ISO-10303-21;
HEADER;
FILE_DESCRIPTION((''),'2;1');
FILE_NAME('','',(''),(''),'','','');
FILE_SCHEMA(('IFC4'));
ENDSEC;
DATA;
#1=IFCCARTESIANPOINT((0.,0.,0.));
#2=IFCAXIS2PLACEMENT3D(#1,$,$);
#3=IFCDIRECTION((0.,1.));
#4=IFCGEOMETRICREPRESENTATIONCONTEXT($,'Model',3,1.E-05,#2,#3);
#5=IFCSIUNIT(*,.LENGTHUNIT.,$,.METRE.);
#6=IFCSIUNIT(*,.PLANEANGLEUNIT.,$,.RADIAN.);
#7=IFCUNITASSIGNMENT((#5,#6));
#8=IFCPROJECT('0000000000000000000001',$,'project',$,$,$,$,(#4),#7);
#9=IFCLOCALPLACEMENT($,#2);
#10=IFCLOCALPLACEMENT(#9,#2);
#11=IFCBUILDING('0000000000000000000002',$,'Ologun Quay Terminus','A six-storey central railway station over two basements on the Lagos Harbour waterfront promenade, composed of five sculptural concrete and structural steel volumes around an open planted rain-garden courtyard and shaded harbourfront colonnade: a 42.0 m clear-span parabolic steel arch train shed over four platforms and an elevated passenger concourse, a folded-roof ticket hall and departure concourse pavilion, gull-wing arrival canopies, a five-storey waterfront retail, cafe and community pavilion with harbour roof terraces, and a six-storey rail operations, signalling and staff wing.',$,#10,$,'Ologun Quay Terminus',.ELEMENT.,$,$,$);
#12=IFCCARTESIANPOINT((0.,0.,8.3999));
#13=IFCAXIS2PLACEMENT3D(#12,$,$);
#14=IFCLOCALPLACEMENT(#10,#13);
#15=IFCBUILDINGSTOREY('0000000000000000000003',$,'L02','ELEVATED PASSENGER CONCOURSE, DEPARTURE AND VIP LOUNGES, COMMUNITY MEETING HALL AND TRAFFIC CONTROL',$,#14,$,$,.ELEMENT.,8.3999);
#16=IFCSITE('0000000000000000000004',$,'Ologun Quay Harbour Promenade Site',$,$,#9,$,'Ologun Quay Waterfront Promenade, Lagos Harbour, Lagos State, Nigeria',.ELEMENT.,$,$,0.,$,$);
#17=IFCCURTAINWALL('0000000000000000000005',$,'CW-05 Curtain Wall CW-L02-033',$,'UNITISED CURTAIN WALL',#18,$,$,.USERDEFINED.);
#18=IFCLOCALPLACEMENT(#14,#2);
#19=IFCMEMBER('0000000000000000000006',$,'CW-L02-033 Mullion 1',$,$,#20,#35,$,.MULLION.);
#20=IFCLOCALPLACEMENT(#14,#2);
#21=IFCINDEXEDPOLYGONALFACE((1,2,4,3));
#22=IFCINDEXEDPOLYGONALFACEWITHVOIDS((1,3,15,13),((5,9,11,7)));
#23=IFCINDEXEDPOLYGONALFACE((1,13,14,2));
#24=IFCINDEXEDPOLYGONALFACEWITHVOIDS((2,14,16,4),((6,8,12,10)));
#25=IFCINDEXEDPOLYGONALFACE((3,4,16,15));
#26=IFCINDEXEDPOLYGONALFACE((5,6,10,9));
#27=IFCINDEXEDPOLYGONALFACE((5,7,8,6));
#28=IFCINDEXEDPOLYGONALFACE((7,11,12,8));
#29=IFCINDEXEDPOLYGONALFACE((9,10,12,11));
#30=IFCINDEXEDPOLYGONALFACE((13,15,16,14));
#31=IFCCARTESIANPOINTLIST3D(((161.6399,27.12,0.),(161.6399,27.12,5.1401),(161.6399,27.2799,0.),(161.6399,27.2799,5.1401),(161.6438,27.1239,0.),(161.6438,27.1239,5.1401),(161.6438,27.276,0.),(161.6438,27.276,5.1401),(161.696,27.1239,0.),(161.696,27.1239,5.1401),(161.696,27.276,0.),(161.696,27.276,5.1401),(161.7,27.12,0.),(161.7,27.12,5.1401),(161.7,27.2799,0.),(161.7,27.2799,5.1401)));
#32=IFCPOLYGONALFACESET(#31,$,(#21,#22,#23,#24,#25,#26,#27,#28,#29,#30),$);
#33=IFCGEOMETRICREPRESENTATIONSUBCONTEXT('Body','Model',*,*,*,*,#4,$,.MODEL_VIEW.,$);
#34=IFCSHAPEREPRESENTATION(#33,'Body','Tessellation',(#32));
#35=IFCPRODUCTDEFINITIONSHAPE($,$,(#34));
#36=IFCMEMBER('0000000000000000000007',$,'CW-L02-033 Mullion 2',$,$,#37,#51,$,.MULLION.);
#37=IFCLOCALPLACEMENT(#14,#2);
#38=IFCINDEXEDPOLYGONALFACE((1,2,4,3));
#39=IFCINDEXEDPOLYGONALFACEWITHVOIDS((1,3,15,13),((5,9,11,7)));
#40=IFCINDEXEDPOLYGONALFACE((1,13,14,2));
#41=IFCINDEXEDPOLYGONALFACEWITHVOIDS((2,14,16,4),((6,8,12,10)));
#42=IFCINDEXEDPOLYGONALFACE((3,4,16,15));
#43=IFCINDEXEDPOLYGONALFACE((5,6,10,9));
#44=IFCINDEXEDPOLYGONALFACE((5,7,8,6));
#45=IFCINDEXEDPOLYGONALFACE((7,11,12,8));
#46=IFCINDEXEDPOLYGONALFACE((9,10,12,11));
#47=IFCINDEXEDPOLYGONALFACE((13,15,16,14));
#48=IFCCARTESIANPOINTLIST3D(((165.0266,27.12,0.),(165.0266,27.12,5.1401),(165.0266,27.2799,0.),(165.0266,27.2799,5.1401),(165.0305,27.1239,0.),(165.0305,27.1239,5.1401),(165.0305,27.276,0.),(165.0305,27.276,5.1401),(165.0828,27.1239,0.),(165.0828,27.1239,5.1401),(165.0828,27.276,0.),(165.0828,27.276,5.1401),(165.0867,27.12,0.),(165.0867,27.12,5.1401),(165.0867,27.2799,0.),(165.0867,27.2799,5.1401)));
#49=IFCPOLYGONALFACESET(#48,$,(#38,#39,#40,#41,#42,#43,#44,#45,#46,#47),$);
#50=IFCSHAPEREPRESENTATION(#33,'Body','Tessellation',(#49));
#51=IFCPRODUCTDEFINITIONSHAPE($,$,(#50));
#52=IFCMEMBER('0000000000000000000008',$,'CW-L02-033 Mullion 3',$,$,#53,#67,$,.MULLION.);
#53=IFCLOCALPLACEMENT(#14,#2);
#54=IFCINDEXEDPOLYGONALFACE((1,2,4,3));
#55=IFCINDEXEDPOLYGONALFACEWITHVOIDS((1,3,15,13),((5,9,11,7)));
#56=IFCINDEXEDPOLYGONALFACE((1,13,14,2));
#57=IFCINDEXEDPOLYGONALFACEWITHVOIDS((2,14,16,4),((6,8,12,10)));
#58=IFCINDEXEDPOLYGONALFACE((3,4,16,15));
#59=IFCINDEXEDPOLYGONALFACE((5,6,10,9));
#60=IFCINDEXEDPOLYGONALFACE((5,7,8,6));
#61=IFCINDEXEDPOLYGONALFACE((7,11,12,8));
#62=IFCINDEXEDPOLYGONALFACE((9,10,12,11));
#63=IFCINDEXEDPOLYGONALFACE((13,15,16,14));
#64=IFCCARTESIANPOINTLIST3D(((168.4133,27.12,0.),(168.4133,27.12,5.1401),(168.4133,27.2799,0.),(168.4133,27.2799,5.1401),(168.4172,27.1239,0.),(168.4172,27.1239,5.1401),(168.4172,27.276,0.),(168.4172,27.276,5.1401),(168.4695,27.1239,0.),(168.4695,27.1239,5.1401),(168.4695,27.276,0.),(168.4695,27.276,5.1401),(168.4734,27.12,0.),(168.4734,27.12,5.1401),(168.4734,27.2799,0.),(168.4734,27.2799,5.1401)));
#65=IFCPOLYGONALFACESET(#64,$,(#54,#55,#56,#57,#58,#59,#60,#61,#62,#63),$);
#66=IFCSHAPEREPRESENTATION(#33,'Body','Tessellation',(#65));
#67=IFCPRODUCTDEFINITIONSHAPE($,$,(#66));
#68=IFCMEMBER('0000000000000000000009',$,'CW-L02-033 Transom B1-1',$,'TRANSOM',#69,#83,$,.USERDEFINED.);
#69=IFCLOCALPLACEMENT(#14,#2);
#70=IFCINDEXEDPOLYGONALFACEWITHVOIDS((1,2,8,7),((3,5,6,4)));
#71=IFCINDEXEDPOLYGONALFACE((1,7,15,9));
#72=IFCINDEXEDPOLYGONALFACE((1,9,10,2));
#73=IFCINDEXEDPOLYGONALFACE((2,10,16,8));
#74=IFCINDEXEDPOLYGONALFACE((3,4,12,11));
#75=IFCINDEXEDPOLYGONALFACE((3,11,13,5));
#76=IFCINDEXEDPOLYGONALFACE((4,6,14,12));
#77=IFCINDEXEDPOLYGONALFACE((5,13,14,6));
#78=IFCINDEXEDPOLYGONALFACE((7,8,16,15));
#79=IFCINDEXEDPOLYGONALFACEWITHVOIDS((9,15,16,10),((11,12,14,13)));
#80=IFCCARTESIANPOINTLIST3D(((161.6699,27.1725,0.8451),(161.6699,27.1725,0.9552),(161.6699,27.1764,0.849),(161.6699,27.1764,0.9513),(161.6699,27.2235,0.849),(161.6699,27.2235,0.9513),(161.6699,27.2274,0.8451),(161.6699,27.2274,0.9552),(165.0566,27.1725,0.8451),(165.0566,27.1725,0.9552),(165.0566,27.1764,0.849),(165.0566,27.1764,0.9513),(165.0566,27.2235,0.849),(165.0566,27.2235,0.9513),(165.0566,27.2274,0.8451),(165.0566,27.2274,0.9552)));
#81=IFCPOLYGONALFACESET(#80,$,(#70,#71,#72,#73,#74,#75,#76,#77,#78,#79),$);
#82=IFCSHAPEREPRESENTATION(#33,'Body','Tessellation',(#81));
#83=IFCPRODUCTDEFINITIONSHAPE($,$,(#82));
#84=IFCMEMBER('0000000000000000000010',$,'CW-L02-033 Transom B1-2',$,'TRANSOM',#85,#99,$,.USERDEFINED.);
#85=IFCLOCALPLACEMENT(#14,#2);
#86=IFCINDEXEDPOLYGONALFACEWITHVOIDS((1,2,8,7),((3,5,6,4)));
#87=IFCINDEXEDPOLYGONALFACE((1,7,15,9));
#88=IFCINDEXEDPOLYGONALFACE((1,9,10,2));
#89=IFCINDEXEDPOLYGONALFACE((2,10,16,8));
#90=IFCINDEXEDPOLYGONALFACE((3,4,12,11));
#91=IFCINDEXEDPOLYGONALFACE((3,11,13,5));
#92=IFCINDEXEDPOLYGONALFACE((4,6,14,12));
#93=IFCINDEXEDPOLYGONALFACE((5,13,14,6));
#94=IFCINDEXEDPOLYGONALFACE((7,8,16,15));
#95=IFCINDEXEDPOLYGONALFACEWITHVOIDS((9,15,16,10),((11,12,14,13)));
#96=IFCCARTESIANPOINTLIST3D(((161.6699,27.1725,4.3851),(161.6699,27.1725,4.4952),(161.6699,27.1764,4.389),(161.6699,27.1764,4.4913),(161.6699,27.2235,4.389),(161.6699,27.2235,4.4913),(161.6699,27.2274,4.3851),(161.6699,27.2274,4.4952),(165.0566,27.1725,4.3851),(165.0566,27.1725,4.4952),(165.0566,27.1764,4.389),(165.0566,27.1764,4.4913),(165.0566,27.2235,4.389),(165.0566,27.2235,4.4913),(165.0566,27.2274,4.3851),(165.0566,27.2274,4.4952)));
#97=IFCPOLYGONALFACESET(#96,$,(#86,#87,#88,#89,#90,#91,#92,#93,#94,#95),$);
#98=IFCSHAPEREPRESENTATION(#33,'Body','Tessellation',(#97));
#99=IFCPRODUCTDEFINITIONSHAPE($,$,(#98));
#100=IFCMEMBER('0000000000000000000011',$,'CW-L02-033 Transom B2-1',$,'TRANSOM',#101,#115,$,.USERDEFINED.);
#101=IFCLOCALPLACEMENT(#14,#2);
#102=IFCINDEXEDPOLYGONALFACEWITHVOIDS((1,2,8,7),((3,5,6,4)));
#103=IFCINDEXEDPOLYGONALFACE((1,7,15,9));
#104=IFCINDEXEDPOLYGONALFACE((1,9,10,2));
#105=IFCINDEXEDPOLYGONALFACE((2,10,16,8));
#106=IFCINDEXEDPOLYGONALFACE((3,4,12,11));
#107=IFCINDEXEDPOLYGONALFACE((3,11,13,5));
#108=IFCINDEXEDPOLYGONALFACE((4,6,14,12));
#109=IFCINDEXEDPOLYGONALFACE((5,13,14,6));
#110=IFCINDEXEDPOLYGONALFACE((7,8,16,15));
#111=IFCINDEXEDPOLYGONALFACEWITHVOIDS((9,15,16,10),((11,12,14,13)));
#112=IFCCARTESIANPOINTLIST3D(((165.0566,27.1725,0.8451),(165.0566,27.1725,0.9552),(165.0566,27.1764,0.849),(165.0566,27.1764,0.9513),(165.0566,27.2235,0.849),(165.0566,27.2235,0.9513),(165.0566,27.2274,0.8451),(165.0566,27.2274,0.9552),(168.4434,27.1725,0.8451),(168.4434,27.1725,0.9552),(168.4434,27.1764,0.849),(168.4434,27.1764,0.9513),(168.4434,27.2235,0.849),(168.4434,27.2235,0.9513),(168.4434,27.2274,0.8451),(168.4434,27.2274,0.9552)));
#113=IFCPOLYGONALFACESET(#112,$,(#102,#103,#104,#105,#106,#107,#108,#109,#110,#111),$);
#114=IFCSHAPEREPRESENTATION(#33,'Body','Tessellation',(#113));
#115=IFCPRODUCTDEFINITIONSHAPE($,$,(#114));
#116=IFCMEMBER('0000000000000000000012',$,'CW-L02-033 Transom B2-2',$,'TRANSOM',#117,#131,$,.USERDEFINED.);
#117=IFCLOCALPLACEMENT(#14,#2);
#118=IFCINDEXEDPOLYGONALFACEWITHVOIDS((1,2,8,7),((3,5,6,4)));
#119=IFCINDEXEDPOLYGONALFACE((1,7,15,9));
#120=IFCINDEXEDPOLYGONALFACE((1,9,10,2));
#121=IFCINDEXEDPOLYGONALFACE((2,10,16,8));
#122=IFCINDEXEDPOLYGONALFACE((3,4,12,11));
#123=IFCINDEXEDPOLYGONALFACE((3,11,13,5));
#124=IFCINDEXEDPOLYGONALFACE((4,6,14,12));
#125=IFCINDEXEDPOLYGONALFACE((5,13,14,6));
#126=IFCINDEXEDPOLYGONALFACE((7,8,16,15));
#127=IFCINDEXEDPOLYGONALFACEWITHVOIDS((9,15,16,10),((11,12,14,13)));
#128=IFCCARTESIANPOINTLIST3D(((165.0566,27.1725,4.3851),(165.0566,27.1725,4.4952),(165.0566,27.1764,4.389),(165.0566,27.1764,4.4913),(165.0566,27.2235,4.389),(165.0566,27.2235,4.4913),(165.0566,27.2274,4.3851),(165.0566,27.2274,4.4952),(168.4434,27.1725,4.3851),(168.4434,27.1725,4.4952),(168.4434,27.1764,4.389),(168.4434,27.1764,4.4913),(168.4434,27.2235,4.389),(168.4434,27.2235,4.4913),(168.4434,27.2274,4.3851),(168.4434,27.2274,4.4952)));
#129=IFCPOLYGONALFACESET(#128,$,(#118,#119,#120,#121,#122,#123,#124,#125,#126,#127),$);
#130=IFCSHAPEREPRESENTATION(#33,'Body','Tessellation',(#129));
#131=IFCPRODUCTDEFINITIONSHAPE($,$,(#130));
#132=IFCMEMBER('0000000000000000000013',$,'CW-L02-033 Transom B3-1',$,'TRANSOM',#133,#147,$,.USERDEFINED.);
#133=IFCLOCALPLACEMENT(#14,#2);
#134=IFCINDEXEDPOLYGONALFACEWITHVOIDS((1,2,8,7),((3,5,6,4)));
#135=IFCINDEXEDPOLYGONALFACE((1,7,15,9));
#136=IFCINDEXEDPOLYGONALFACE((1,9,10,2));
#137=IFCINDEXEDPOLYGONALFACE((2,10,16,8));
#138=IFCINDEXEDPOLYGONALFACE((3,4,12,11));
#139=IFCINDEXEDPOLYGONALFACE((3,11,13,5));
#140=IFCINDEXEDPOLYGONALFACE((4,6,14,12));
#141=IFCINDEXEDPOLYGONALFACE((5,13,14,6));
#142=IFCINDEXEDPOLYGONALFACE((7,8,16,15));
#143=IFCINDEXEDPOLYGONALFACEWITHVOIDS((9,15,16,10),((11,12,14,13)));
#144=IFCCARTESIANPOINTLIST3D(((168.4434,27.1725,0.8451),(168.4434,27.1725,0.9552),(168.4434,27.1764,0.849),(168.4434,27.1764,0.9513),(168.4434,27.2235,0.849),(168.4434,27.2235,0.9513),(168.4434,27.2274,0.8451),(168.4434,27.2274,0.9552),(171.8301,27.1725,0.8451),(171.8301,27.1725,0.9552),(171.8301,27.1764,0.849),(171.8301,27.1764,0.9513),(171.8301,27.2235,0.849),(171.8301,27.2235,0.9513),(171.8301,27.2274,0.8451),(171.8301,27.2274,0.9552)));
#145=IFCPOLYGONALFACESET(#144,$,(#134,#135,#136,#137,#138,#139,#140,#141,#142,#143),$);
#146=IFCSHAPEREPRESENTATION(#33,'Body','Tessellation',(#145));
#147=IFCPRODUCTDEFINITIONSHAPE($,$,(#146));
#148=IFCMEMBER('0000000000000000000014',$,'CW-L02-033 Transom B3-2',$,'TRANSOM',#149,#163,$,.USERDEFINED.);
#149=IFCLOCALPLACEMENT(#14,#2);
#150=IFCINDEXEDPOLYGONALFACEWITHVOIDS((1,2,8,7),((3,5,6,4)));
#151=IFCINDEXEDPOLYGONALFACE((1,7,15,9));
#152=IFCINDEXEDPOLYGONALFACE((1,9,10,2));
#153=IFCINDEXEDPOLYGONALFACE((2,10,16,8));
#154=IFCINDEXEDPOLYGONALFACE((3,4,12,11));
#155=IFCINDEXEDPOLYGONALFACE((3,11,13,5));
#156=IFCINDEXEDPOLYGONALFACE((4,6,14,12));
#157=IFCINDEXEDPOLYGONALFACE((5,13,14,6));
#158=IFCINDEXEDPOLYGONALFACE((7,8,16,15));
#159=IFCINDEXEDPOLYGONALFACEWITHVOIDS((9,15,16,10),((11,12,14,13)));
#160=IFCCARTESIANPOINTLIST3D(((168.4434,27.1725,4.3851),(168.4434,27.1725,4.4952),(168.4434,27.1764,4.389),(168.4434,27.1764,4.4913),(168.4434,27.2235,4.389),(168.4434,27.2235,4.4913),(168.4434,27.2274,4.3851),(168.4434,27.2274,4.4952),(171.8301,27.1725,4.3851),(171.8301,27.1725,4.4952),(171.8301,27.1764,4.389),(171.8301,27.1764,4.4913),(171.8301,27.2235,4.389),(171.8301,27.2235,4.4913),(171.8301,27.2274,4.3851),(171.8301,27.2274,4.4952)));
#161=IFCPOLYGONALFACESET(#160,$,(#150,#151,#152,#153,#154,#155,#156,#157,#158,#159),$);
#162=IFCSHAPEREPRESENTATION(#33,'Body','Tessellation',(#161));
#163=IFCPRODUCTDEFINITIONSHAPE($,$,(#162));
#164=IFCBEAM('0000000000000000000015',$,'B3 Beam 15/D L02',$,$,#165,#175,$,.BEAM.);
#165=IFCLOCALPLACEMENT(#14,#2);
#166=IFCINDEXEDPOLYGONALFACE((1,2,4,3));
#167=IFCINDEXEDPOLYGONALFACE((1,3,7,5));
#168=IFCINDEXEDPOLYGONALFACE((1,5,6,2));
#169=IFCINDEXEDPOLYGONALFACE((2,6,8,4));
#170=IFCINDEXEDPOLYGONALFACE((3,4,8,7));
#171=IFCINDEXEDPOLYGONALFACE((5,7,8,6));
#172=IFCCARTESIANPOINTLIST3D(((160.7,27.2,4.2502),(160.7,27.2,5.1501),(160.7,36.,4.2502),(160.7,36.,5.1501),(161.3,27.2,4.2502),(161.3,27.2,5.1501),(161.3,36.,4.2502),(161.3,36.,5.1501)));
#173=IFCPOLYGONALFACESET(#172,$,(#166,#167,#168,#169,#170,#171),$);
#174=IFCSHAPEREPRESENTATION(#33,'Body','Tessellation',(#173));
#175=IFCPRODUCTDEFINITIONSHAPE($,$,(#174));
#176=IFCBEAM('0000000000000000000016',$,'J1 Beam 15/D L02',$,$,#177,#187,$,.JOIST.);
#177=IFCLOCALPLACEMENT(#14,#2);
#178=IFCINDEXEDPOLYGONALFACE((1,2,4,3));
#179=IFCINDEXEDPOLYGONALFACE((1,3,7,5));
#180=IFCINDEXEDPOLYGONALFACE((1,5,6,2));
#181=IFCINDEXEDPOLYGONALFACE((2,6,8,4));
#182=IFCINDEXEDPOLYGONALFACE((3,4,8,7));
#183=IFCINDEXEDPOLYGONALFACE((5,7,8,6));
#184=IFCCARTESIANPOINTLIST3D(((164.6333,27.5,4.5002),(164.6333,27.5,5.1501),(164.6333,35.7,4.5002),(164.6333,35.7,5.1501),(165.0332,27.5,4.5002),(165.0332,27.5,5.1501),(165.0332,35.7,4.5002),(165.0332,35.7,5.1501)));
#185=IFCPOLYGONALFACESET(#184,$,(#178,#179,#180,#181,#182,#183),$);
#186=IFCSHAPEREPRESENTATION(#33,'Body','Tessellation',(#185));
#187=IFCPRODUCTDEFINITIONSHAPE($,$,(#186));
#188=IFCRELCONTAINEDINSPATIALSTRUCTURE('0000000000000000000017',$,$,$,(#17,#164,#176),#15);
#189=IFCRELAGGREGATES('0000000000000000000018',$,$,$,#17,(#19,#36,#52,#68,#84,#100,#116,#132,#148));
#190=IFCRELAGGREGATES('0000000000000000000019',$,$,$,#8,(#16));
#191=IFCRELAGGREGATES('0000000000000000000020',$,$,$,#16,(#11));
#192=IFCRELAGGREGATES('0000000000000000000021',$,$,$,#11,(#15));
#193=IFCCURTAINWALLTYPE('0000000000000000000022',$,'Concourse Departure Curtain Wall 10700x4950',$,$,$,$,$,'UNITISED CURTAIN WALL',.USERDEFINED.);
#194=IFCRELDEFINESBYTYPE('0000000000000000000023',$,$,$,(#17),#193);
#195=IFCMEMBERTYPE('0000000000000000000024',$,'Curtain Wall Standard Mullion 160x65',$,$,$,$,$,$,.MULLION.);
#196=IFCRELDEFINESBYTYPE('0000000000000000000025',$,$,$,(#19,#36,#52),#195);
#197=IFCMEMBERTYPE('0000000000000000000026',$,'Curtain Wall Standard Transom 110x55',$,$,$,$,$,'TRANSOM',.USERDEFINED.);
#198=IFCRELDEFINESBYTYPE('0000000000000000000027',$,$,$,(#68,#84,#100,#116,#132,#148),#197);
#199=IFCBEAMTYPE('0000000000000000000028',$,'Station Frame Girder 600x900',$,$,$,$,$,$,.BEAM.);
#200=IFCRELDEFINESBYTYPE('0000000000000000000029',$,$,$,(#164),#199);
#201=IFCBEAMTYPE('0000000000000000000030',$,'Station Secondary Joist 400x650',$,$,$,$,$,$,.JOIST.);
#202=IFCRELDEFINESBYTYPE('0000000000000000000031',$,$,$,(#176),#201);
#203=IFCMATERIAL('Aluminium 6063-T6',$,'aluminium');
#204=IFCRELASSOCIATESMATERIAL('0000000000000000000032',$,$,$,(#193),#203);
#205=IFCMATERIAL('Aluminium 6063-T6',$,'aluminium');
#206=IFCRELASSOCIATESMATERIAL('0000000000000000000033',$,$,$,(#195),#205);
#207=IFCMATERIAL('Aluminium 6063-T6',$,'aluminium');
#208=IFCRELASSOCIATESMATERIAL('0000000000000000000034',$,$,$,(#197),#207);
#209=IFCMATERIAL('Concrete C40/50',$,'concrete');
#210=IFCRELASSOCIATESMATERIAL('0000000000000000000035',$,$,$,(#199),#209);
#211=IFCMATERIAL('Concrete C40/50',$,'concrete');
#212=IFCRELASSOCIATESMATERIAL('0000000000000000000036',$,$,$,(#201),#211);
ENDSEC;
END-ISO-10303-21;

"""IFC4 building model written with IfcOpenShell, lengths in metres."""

from ifc_helpers import new_model, si_unit, direction, frame, origin, origin_2d, place, context, subcontext, project, spatial, rectangle, hollow_rectangle, extrude, material, material_profile, profile_set, type_object, element, aggregate, save


model = new_model("IFC4")

# Units and contexts
model_context = context("Model", 3, precision=1e-05, world=origin(), true_north=direction((0.0, 1.0)))
body_context = subcontext(model_context, "Body", "Model", "MODEL_VIEW")
ifc_project = project(units=[si_unit("LENGTHUNIT", "METRE"), si_unit("PLANEANGLEUNIT", "RADIAN")], contexts=[model_context])

# Site, building, storey
site_placement = place(None, origin())
site = spatial("IfcSite", under=ifc_project, at=site_placement, Name="Ologun Quay Harbour Promenade Site", LongName="Ologun Quay Waterfront Promenade, Lagos Harbour, Lagos State, Nigeria", CompositionType="ELEMENT", RefElevation=0.0)
building_placement = place(site_placement, origin())
building = spatial("IfcBuilding", under=site, at=building_placement, Name="Ologun Quay Terminus", Description="A six-storey central railway station over two basements on the Lagos Harbour waterfront promenade, composed of five sculptural concrete and structural steel volumes around an open planted rain-garden courtyard and shaded harbourfront colonnade: a 42.0 m clear-span parabolic steel arch train shed over four platforms and an elevated passenger concourse, a folded-roof ticket hall and departure concourse pavilion, gull-wing arrival canopies, a five-storey waterfront retail, cafe and community pavilion with harbour roof terraces, and a six-storey rail operations, signalling and staff wing.", LongName="Ologun Quay Terminus", CompositionType="ELEMENT")
storey_placement = place(building_placement, frame((0.0, 0.0, 8.3999)))
storey = spatial("IfcBuildingStorey", under=building, at=storey_placement, Name="L02", Description="ELEVATED PASSENGER CONCOURSE, DEPARTURE AND VIP LOUNGES, COMMUNITY MEETING HALL AND TRAFFIC CONTROL", CompositionType="ELEMENT", Elevation=8.3999)

# Curtain wall, members
ifc_material_1 = material(Name="Aluminium 6063-T6", Category="aluminium")
curtain_wall_type = type_object("IfcCurtainWallType", Name="Concourse Departure Curtain Wall 10700x4950", ElementType="UNITISED CURTAIN WALL", PredefinedType="USERDEFINED", material=ifc_material_1)
curtain_wall_placement = place(storey_placement, origin())
curtain_wall = element("IfcCurtainWall", 1, at=curtain_wall_placement, inside=storey, type_object=curtain_wall_type, Name="CW-05 Curtain Wall CW-L02-033", ObjectType="UNITISED CURTAIN WALL", PredefinedType="USERDEFINED")
ifc_material_2 = material(Name="Aluminium 6063-T6", Category="aluminium")
ifc_material_profile_1 = material_profile(ifc_material_2, hollow_rectangle(XDim=0.0601, YDim=0.1599, WallThickness=0.0039, at=origin_2d()), Name="ALU 160x60x4")
ifc_profile_set_1 = profile_set([ifc_material_profile_1], Name="Aluminium 6063-T6")
member_type_1 = type_object("IfcMemberType", Name="Curtain Wall Standard Mullion 160x65", PredefinedType="MULLION", material=ifc_profile_set_1)
member_1_placement = place(storey_placement, frame((161.6699, 27.2, 0.0), z_axis=(0.0, 0.0, 1.0), x_axis=(1.0, 0.0, 0.0)))
member_1 = element("IfcMember", 2, at=member_1_placement, type_object=member_type_1, Name="CW-L02-033 Mullion 1", PredefinedType="MULLION", context=body_context, shape_type="SweptSolid", body=[
    extrude(hollow_rectangle(XDim=0.0601, YDim=0.1599, WallThickness=0.0039, at=origin_2d()), origin(), (0.0, 0.0, 1.0), 5.1401),
])
member_2_placement = place(storey_placement, frame((165.0566, 27.2, 0.0), z_axis=(0.0, 0.0, 1.0), x_axis=(1.0, 0.0, 0.0)))
member_2 = element("IfcMember", 3, at=member_2_placement, type_object=member_type_1, Name="CW-L02-033 Mullion 2", PredefinedType="MULLION", context=body_context, shape_type="SweptSolid", body=[
    extrude(hollow_rectangle(XDim=0.0601, YDim=0.1599, WallThickness=0.0039, at=origin_2d()), origin(), (0.0, 0.0, 1.0), 5.1401),
])
member_3_placement = place(storey_placement, frame((168.4434, 27.2, 0.0), z_axis=(0.0, 0.0, 1.0), x_axis=(1.0, 0.0, 0.0)))
member_3 = element("IfcMember", 4, at=member_3_placement, type_object=member_type_1, Name="CW-L02-033 Mullion 3", PredefinedType="MULLION", context=body_context, shape_type="SweptSolid", body=[
    extrude(hollow_rectangle(XDim=0.0601, YDim=0.1599, WallThickness=0.0039, at=origin_2d()), origin(), (0.0, 0.0, 1.0), 5.1401),
])
ifc_material_3 = material(Name="Aluminium 6063-T6", Category="aluminium")
ifc_material_profile_2 = material_profile(ifc_material_3, hollow_rectangle(XDim=0.0549, YDim=0.1101, WallThickness=0.0039, at=origin_2d()), Name="ALU 110x55x4")
ifc_profile_set_2 = profile_set([ifc_material_profile_2], Name="Aluminium 6063-T6")
member_type_2 = type_object("IfcMemberType", Name="Curtain Wall Standard Transom 110x55", ElementType="TRANSOM", PredefinedType="USERDEFINED", material=ifc_profile_set_2)
member_4_placement = place(storey_placement, frame((161.6699, 27.2, 0.9001), z_axis=(1.0, 0.0, 0.0), x_axis=(0.0, 1.0, 0.0)))
member_4 = element("IfcMember", 5, at=member_4_placement, type_object=member_type_2, Name="CW-L02-033 Transom B1-1", ObjectType="TRANSOM", PredefinedType="USERDEFINED", context=body_context, shape_type="SweptSolid", body=[
    extrude(hollow_rectangle(XDim=0.0549, YDim=0.1101, WallThickness=0.0039, at=origin_2d()), origin(), (0.0, 0.0, 1.0), 3.3867),
])
member_5_placement = place(storey_placement, frame((161.6699, 27.2, 4.4402), z_axis=(1.0, 0.0, 0.0), x_axis=(0.0, 1.0, 0.0)))
member_5 = element("IfcMember", 6, at=member_5_placement, type_object=member_type_2, Name="CW-L02-033 Transom B1-2", ObjectType="TRANSOM", PredefinedType="USERDEFINED", context=body_context, shape_type="SweptSolid", body=[
    extrude(hollow_rectangle(XDim=0.0549, YDim=0.1101, WallThickness=0.0039, at=origin_2d()), origin(), (0.0, 0.0, 1.0), 3.3867),
])
member_6_placement = place(storey_placement, frame((165.0566, 27.2, 0.9001), z_axis=(1.0, 0.0, 0.0), x_axis=(0.0, 1.0, 0.0)))
member_6 = element("IfcMember", 7, at=member_6_placement, type_object=member_type_2, Name="CW-L02-033 Transom B2-1", ObjectType="TRANSOM", PredefinedType="USERDEFINED", context=body_context, shape_type="SweptSolid", body=[
    extrude(hollow_rectangle(XDim=0.0549, YDim=0.1101, WallThickness=0.0039, at=origin_2d()), origin(), (0.0, 0.0, 1.0), 3.3867),
])
member_7_placement = place(storey_placement, frame((165.0566, 27.2, 4.4402), z_axis=(1.0, 0.0, 0.0), x_axis=(0.0, 1.0, 0.0)))
member_7 = element("IfcMember", 8, at=member_7_placement, type_object=member_type_2, Name="CW-L02-033 Transom B2-2", ObjectType="TRANSOM", PredefinedType="USERDEFINED", context=body_context, shape_type="SweptSolid", body=[
    extrude(hollow_rectangle(XDim=0.0549, YDim=0.1101, WallThickness=0.0039, at=origin_2d()), origin(), (0.0, 0.0, 1.0), 3.3867),
])
member_8_placement = place(storey_placement, frame((168.4434, 27.2, 0.9001), z_axis=(1.0, 0.0, 0.0), x_axis=(0.0, 1.0, 0.0)))
member_8 = element("IfcMember", 9, at=member_8_placement, type_object=member_type_2, Name="CW-L02-033 Transom B3-1", ObjectType="TRANSOM", PredefinedType="USERDEFINED", context=body_context, shape_type="SweptSolid", body=[
    extrude(hollow_rectangle(XDim=0.0549, YDim=0.1101, WallThickness=0.0039, at=origin_2d()), origin(), (0.0, 0.0, 1.0), 3.3867),
])
member_9_placement = place(storey_placement, frame((168.4434, 27.2, 4.4402), z_axis=(1.0, 0.0, 0.0), x_axis=(0.0, 1.0, 0.0)))
member_9 = element("IfcMember", 10, at=member_9_placement, type_object=member_type_2, Name="CW-L02-033 Transom B3-2", ObjectType="TRANSOM", PredefinedType="USERDEFINED", context=body_context, shape_type="SweptSolid", body=[
    extrude(hollow_rectangle(XDim=0.0549, YDim=0.1101, WallThickness=0.0039, at=origin_2d()), origin(), (0.0, 0.0, 1.0), 3.3867),
])

# Beams
ifc_material_4 = material(Name="Concrete C40/50", Category="concrete")
ifc_material_profile_3 = material_profile(ifc_material_4, rectangle(XDim=0.6001, YDim=0.8999, at=origin_2d()), Name="RC 600x900")
ifc_profile_set_3 = profile_set([ifc_material_profile_3], Name="Concrete C40/50")
beam_type_1 = type_object("IfcBeamType", Name="Station Frame Girder 600x900", PredefinedType="BEAM", material=ifc_profile_set_3)
beam_placement = place(storey_placement, frame((161.0, 27.2, 4.7002), z_axis=(0.0, 1.0, 0.0), x_axis=(-1.0, 0.0, 0.0)))
element("IfcBeam", 11, at=beam_placement, inside=storey, type_object=beam_type_1, Name="B3 Beam 15/D L02", PredefinedType="BEAM", context=body_context, shape_type="SweptSolid", body=[
    extrude(rectangle(XDim=0.6001, YDim=0.8999, at=origin_2d()), origin(), (0.0, 0.0, 1.0), 8.8),
])
ifc_material_5 = material(Name="Concrete C40/50", Category="concrete")
ifc_material_profile_4 = material_profile(ifc_material_5, rectangle(XDim=0.3999, YDim=0.6499, at=origin_2d()), Name="RC 400x650")
ifc_profile_set_4 = profile_set([ifc_material_profile_4], Name="Concrete C40/50")
beam_type_2 = type_object("IfcBeamType", Name="Station Secondary Joist 400x650", PredefinedType="JOIST", material=ifc_profile_set_4)
for number, where, z_axis, x_axis, name in (
    (12, (164.8333, 27.5, 4.8252), (0.0, 1.0, 0.0), (-1.0, 0.0, 0.0), "J1 Beam 15/D L02"),
):
    element("IfcBeam", number, at=place(storey_placement, frame(where, z_axis=z_axis, x_axis=x_axis)), inside=storey, type_object=beam_type_2, Name=name, PredefinedType="JOIST", context=body_context, shape_type="SweptSolid", body=[
        extrude(rectangle(XDim=0.3999, YDim=0.6499, at=origin_2d()), origin(), (0.0, 0.0, 1.0), 8.2),
    ])

aggregate(curtain_wall, [member_1, member_2, member_3, member_4, member_5, member_6, member_7, member_8, member_9])

save(model, "model.ifc")
